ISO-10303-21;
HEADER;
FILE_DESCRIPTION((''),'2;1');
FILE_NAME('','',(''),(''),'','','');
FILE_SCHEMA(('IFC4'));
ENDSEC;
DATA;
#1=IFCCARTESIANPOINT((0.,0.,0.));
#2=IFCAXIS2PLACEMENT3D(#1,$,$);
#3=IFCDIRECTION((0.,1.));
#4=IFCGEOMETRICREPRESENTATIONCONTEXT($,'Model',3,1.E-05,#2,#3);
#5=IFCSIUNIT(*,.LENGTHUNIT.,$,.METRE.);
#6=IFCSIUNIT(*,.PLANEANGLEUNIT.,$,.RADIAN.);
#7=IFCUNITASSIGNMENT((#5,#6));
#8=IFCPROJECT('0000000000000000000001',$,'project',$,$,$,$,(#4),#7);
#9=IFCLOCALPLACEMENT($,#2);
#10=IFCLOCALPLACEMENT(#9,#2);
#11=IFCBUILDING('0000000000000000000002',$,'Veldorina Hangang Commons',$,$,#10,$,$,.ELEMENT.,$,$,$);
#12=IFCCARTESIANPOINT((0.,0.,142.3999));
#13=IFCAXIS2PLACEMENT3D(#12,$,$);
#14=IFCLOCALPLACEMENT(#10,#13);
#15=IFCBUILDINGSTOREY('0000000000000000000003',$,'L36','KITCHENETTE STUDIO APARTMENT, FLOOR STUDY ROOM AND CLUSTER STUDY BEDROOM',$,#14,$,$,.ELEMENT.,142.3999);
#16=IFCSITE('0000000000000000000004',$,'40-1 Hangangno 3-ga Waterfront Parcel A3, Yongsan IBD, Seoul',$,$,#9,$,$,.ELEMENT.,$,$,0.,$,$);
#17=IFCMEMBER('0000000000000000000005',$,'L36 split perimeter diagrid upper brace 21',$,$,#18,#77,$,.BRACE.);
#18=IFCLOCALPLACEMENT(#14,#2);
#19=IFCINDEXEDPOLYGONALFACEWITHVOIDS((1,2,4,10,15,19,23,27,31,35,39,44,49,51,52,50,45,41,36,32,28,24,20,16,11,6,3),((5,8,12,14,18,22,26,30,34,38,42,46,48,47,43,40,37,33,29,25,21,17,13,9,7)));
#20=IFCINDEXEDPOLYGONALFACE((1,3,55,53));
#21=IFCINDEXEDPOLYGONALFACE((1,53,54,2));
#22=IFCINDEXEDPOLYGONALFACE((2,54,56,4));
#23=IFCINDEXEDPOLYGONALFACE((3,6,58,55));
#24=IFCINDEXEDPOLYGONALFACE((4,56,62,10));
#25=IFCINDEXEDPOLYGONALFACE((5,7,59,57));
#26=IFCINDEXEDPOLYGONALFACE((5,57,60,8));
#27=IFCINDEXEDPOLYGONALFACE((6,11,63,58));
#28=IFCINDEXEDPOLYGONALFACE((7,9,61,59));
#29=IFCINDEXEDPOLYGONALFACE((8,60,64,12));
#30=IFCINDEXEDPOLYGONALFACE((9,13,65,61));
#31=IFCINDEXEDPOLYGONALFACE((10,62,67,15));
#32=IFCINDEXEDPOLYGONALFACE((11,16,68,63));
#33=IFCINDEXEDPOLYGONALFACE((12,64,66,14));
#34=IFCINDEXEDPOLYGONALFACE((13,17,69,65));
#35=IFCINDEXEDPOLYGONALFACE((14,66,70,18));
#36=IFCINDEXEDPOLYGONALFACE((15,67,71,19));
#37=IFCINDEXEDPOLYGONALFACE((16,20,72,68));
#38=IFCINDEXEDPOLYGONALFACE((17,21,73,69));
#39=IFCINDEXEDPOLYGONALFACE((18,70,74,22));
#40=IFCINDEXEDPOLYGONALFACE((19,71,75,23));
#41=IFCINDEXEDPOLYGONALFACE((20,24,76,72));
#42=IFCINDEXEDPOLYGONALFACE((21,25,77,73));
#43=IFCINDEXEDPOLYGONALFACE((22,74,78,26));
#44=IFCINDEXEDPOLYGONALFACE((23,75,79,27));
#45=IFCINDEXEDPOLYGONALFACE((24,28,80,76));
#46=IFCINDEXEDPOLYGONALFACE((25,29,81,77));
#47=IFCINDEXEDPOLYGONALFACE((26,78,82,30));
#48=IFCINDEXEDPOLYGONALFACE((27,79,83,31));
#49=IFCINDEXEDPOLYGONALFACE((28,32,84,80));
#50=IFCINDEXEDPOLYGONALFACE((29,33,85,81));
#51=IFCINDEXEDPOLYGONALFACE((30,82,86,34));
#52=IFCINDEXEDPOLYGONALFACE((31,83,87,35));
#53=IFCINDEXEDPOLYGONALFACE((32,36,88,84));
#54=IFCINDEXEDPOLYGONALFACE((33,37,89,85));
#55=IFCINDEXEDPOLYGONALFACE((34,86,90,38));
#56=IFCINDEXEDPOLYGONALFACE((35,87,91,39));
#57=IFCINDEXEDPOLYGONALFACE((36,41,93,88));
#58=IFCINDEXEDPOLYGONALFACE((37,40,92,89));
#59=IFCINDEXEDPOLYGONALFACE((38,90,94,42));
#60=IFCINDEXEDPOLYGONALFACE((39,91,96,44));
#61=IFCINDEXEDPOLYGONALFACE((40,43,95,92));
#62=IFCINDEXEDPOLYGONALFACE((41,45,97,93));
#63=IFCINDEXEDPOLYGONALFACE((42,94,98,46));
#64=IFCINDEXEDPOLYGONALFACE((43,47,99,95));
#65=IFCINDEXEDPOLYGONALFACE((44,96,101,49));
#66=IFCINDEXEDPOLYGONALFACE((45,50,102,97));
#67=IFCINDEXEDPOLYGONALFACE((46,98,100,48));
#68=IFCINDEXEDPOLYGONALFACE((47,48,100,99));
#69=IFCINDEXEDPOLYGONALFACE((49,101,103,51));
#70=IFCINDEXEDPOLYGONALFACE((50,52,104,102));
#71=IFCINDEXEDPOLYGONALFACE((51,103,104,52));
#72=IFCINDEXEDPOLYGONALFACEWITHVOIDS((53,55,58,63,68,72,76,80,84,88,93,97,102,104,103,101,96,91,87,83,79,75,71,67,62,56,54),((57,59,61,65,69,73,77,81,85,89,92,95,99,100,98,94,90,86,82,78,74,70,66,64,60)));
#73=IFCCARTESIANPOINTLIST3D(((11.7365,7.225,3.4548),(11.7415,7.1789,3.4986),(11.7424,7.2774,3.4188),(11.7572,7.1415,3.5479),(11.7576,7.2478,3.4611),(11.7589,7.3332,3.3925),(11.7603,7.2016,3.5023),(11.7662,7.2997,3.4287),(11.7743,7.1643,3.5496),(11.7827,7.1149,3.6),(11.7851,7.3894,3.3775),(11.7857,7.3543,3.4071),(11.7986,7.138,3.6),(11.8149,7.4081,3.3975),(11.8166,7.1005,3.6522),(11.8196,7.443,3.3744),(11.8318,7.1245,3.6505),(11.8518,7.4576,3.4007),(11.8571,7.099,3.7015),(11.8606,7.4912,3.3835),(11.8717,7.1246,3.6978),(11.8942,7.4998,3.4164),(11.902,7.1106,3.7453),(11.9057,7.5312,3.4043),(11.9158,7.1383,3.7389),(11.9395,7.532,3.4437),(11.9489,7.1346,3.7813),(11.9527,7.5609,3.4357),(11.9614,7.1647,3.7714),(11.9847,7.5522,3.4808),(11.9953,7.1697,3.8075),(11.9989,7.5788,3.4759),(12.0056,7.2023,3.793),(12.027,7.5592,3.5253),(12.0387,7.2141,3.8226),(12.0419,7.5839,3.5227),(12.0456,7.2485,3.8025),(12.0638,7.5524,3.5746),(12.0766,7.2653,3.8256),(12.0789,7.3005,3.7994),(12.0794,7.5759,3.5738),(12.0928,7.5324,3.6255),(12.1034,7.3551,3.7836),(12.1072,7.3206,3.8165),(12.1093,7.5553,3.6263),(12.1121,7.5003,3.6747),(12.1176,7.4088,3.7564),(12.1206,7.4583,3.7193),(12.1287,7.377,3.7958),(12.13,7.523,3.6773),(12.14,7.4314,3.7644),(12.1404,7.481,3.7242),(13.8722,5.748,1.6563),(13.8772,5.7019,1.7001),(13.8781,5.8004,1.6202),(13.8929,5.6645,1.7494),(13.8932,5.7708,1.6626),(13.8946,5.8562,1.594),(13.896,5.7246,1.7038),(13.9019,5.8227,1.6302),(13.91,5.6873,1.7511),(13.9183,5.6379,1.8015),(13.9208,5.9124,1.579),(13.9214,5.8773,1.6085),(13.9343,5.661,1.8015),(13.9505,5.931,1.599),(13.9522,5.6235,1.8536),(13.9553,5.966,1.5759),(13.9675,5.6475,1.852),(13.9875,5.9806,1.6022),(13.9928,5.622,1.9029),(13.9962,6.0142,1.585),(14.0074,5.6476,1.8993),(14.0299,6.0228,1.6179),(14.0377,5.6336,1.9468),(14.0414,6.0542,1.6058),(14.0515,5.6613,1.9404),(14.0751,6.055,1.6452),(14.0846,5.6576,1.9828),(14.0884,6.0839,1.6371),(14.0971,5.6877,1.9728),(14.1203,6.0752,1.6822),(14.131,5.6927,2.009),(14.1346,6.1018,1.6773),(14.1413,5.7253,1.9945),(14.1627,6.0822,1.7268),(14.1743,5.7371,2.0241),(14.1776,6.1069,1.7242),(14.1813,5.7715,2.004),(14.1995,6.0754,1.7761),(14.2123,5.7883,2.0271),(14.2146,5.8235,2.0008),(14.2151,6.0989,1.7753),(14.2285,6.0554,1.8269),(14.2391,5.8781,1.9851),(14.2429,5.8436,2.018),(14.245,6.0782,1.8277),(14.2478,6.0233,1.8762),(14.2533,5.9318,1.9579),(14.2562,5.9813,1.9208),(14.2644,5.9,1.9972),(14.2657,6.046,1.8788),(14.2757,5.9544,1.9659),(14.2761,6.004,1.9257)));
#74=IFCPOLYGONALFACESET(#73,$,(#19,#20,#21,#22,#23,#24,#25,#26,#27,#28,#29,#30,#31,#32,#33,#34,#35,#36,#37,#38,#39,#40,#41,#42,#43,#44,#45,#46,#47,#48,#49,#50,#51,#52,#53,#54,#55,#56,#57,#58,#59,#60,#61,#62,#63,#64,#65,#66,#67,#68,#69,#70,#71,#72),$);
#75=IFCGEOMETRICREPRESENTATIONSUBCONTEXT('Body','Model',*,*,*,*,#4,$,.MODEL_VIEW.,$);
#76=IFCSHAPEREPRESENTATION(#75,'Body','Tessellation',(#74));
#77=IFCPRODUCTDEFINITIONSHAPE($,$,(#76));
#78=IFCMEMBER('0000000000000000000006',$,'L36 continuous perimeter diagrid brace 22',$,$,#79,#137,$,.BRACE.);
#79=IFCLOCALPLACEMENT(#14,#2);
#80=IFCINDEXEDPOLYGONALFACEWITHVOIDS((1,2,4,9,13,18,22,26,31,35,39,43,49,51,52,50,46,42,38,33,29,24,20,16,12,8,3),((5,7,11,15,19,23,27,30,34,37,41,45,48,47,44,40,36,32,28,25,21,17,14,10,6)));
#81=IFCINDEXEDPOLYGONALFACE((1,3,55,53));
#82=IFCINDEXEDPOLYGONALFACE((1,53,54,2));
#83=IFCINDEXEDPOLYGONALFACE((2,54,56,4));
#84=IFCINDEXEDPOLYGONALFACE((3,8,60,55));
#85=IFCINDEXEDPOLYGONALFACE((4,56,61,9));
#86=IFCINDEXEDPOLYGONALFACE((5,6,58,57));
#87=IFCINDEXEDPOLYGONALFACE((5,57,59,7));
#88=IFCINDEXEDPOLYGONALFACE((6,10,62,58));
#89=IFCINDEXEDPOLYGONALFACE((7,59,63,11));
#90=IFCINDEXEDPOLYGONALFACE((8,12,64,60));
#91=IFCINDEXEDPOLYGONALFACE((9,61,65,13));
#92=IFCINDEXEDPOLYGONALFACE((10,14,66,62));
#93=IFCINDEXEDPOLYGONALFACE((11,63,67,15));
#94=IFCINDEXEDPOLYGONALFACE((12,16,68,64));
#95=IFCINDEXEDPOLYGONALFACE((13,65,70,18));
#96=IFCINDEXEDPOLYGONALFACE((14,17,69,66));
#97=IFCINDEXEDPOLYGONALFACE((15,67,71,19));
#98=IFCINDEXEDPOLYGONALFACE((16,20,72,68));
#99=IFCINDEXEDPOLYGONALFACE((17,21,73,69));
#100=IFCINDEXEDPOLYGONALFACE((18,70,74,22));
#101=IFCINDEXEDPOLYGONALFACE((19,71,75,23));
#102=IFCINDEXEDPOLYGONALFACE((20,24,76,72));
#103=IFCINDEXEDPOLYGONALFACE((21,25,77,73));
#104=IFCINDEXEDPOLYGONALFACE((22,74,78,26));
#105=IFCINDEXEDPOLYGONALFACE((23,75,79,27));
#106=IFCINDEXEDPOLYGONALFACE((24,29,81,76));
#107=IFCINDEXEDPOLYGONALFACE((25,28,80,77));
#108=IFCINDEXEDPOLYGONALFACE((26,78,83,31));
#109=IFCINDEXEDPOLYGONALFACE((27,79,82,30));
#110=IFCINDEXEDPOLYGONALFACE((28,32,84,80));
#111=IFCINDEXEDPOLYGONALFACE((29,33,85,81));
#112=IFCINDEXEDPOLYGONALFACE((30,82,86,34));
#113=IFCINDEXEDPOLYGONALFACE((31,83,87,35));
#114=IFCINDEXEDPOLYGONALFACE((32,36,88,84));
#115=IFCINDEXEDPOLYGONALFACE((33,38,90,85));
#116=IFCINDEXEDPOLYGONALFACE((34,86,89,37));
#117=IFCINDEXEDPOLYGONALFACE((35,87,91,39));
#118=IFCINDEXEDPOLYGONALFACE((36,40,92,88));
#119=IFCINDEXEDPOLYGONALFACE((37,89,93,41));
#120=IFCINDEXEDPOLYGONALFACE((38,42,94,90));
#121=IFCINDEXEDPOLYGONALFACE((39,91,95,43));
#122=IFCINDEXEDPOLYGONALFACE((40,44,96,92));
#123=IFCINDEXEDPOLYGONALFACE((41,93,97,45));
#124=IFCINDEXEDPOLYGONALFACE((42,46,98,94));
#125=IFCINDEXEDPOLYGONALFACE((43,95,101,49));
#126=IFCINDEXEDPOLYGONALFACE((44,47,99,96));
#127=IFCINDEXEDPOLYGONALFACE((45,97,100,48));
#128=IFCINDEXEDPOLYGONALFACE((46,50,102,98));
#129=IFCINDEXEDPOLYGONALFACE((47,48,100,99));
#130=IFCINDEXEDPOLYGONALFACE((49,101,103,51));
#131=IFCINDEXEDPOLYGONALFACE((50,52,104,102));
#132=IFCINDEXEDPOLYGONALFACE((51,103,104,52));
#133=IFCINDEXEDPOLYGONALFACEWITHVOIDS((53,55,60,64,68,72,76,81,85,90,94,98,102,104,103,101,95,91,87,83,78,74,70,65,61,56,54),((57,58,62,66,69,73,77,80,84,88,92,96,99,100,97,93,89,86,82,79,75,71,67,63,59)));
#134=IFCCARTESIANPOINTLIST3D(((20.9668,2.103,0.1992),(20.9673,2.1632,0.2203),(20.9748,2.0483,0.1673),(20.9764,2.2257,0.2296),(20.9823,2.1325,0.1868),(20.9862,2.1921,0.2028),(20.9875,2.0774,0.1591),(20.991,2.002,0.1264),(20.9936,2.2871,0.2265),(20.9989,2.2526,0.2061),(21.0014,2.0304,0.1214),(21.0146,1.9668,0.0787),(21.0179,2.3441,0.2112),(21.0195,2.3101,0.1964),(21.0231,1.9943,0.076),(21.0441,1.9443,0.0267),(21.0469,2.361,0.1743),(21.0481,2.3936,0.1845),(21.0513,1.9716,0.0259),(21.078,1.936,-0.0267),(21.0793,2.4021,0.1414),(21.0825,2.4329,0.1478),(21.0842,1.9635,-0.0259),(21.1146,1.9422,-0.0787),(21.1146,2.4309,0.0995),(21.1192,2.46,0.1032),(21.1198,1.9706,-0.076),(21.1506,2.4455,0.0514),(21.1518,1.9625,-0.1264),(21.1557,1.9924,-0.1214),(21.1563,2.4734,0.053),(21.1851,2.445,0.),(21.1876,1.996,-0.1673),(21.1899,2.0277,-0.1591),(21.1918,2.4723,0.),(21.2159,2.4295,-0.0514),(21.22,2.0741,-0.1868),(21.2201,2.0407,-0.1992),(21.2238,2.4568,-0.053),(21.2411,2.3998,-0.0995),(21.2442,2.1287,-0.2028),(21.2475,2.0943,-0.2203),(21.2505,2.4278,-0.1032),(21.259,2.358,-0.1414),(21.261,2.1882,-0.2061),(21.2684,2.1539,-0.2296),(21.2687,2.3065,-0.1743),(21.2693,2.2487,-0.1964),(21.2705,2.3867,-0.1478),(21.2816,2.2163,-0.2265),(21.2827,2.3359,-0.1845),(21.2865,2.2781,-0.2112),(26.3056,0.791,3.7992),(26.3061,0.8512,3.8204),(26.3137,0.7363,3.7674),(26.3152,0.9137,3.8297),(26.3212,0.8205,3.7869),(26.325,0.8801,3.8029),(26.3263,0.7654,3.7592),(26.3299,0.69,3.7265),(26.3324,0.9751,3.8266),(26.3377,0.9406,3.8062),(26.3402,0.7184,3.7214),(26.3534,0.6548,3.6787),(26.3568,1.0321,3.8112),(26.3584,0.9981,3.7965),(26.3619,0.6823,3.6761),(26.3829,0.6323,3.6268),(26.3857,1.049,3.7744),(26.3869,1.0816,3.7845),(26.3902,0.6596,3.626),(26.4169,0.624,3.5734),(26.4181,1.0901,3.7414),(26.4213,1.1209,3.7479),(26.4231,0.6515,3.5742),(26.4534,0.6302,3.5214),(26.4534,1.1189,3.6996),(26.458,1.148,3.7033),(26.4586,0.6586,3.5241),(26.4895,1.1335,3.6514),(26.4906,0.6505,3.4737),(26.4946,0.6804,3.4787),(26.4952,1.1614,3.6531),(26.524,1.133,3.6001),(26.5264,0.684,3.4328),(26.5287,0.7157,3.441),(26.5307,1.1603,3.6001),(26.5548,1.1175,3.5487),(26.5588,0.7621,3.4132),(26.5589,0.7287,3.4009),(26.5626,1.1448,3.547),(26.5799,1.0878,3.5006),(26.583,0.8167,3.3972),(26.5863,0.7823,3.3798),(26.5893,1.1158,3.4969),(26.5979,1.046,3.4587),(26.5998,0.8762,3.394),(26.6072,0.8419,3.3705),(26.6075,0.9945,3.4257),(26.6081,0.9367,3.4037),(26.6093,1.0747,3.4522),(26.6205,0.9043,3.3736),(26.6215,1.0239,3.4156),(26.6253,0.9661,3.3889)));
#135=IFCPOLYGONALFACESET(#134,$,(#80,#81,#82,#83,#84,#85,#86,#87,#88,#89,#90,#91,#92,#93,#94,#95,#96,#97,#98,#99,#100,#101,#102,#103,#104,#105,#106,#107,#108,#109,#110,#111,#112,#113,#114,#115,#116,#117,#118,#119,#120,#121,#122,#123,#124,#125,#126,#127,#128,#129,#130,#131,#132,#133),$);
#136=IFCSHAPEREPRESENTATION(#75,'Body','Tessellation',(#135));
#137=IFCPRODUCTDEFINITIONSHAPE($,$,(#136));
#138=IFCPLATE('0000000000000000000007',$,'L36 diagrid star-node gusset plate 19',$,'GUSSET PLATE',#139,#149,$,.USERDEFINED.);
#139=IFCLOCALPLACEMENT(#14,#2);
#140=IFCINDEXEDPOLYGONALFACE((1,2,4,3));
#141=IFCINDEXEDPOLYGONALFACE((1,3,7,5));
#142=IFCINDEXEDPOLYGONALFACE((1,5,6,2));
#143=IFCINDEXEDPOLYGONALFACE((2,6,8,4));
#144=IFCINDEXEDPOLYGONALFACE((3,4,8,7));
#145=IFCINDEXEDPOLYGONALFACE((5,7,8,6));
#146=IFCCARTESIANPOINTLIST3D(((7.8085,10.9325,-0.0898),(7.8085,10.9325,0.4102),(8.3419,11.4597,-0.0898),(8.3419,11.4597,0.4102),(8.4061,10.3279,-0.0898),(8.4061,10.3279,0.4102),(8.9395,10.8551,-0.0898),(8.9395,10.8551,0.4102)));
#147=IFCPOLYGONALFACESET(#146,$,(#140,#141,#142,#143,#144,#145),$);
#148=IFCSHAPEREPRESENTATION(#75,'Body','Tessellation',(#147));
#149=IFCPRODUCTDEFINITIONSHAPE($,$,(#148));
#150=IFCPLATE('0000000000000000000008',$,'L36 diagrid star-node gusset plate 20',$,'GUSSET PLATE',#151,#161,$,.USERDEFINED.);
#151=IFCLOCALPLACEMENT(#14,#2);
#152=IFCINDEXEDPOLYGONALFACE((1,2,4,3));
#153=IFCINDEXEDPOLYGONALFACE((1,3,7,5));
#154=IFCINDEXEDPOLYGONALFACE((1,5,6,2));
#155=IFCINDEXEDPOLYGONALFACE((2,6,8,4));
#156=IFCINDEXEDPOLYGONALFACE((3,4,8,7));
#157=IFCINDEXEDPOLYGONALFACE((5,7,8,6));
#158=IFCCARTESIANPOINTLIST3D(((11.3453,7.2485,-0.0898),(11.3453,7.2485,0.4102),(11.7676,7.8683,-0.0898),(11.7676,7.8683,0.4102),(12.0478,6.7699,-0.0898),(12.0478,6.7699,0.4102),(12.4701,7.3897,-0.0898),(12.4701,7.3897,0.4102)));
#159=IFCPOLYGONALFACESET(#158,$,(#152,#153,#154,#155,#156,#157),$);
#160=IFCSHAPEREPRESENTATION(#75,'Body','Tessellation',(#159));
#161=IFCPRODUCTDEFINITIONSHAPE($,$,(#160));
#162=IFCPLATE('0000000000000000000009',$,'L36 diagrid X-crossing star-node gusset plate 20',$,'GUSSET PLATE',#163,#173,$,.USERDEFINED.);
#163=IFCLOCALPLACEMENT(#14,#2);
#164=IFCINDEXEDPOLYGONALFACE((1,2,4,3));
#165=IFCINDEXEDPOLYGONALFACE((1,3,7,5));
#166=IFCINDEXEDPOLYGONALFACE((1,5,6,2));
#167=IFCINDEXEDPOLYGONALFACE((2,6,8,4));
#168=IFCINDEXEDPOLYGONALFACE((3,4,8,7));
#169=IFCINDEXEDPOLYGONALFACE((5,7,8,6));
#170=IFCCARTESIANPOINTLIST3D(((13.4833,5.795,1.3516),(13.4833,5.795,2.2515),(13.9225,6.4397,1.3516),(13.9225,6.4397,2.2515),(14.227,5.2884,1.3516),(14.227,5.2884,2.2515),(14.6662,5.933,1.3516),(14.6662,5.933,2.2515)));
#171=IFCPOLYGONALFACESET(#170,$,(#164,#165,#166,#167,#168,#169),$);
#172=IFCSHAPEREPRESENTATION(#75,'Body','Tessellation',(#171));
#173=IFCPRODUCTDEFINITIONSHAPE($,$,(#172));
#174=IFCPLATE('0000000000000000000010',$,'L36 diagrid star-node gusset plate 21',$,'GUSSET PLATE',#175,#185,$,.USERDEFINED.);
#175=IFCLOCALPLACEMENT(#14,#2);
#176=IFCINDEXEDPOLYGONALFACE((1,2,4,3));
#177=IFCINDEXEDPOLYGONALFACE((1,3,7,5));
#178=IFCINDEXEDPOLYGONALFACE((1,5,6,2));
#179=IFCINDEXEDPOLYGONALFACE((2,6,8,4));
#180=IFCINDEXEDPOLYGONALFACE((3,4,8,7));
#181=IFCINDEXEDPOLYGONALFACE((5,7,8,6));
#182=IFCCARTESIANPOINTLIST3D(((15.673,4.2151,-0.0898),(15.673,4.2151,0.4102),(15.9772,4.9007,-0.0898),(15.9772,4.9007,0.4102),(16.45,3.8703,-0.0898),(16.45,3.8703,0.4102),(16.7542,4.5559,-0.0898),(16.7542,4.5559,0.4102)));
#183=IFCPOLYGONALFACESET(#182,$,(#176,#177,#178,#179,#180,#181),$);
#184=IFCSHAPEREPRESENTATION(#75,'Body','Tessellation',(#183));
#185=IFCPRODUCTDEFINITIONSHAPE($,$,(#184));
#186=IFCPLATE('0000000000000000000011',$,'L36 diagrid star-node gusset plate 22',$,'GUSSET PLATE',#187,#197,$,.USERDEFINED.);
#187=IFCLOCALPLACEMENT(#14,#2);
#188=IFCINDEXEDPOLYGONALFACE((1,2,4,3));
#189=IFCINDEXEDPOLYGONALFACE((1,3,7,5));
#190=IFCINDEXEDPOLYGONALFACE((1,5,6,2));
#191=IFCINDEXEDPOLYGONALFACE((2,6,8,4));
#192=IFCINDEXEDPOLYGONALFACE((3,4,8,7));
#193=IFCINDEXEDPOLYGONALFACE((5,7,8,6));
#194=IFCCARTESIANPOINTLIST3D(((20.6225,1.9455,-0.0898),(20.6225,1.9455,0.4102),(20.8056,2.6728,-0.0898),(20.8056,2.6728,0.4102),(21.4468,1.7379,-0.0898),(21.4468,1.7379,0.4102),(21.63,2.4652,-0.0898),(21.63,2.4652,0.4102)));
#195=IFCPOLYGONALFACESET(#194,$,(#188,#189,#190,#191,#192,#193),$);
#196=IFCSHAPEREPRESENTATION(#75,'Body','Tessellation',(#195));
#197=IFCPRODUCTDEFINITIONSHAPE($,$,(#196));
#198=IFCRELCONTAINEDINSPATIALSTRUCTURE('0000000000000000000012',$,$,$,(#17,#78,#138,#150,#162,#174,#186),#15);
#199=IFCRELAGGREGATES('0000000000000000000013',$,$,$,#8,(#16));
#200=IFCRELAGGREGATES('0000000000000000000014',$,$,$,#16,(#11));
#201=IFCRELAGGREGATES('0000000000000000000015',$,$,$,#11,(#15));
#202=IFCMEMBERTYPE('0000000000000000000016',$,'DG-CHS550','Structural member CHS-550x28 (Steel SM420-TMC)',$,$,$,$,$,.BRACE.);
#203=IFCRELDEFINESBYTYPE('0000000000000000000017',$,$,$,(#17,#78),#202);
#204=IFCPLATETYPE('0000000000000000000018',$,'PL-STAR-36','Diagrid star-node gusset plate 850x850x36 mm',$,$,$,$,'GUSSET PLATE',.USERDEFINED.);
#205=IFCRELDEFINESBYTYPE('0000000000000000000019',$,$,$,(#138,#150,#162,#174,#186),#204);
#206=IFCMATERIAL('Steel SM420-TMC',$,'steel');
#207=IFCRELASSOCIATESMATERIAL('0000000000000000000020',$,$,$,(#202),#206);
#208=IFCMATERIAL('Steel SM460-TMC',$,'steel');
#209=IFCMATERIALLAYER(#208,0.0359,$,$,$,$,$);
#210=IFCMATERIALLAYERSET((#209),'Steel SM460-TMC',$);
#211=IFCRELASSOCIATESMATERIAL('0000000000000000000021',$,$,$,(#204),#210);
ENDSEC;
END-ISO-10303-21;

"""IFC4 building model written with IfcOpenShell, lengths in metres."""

from ifc_helpers import new_model, si_unit, direction, frame, origin, origin_2d, place, context, subcontext, project, spatial, rectangle, hollow_circle, extrude, material, layer, layer_set, material_profile, profile_set, type_object, element, save


model = new_model("IFC4")

# Units and contexts
model_context = context("Model", 3, precision=1e-05, world=origin(), true_north=direction((0.0, 1.0)))
body_context = subcontext(model_context, "Body", "Model", "MODEL_VIEW")
ifc_project = project(units=[si_unit("LENGTHUNIT", "METRE"), si_unit("PLANEANGLEUNIT", "RADIAN")], contexts=[model_context])

# Site, building, storey
site_placement = place(None, origin())
site = spatial("IfcSite", under=ifc_project, at=site_placement, Name="40-1 Hangangno 3-ga Waterfront Parcel A3, Yongsan IBD, Seoul", CompositionType="ELEMENT", RefElevation=0.0)
building_placement = place(site_placement, origin())
building = spatial("IfcBuilding", under=site, at=building_placement, Name="Veldorina Hangang Commons", CompositionType="ELEMENT")
storey_placement = place(building_placement, frame((0.0, 0.0, 142.3999)))
storey = spatial("IfcBuildingStorey", under=building, at=storey_placement, Name="L36", Description="KITCHENETTE STUDIO APARTMENT, FLOOR STUDY ROOM AND CLUSTER STUDY BEDROOM", CompositionType="ELEMENT", Elevation=142.3999)

# Shared definitions
ifc_material_1 = material(Name="Steel SM420-TMC", Category="steel")

# Members
ifc_material_profile_1 = material_profile(ifc_material_1, hollow_circle(Radius=0.2749, WallThickness=0.0281, at=origin_2d()), Name="CHS-550x28")
ifc_profile_set_1 = profile_set([ifc_material_profile_1], Name="Steel SM420-TMC")
member_type = type_object("IfcMemberType", Name="DG-CHS550", Description="Structural member CHS-550x28 (Steel SM420-TMC)", PredefinedType="BRACE", material=ifc_profile_set_1)
member_1_placement = place(storey_placement, frame((14.0747, 5.864, 1.8015), z_axis=(-0.676126, 0.4676, 0.569389), x_axis=(-0.568809, -0.82247, 0.0)))
element("IfcMember", 1, at=member_1_placement, inside=storey, type_object=member_type, Name="L36 split perimeter diagrid upper brace 21", PredefinedType="BRACE", context=body_context, shape_type="SweptSolid", body=[
    extrude(hollow_circle(Radius=0.2749, WallThickness=0.0281, at=origin_2d()), origin(), (0.0, 0.0, 1.0), 3.1587),
])
member_2_placement = place(storey_placement, frame((21.1262, 2.2053, 0.0), z_axis=(0.812418, -0.19965, 0.547829), x_axis=(0.238647, 0.971106, 0.0)))
element("IfcMember", 2, at=member_2_placement, inside=storey, type_object=member_type, Name="L36 continuous perimeter diagrid brace 22", PredefinedType="BRACE", context=body_context, shape_type="SweptSolid", body=[
    extrude(hollow_circle(Radius=0.2749, WallThickness=0.0281, at=origin_2d()), origin(), (0.0, 0.0, 1.0), 6.5715),
])

# Plates
ifc_material_2 = material(Name="Steel SM460-TMC", Category="steel")
ifc_layer_1 = layer(ifc_material_2, 0.0359)
ifc_layer_set_1 = layer_set([ifc_layer_1], Name="Steel SM460-TMC")
plate_type = type_object("IfcPlateType", Name="PL-STAR-36", Description="Diagrid star-node gusset plate 850x850x36 mm", ElementType="GUSSET PLATE", PredefinedType="USERDEFINED", material=ifc_layer_set_1)
for number, where, z_axis, x_axis, name in (
    (3, (8.374, 10.8938, -0.0898), (0.0, 0.0, 1.0), (0.70301, -0.71118, 0.0), "L36 diagrid star-node gusset plate 19"),
    (4, (11.9077, 7.3191, -0.0898), (0.0, 0.0, 1.0), (0.826423, -0.56305, 0.0), "L36 diagrid star-node gusset plate 20"),
):
    element("IfcPlate", number, at=place(storey_placement, frame(where, z_axis=z_axis, x_axis=x_axis)), inside=storey, type_object=plate_type, Name=name, ObjectType="GUSSET PLATE", PredefinedType="USERDEFINED", context=body_context, shape_type="SweptSolid", body=[
        extrude(rectangle(XDim=0.8501, YDim=0.75, at=origin_2d()), origin(), (0.0, 0.0, 1.0), 0.5),
    ])
plate_placement = place(storey_placement, frame((14.0747, 5.864, 1.3516), z_axis=(0.0, 0.0, 1.0), x_axis=(0.826423, -0.56305, 0.0)))
element("IfcPlate", 5, at=plate_placement, inside=storey, type_object=plate_type, Name="L36 diagrid X-crossing star-node gusset plate 20", ObjectType="GUSSET PLATE", PredefinedType="USERDEFINED", context=body_context, shape_type="SweptSolid", body=[
    extrude(rectangle(XDim=0.8999, YDim=0.78, at=origin_2d()), origin(), (0.0, 0.0, 1.0), 0.8999),
])
for number, where, z_axis, x_axis, name in (
    (6, (16.2136, 4.3855, -0.0898), (0.0, 0.0, 1.0), (0.914042, -0.40562, 0.0), "L36 diagrid star-node gusset plate 21"),
    (7, (21.1262, 2.2053, -0.0898), (0.0, 0.0, 1.0), (0.969723, -0.244207, 0.0), "L36 diagrid star-node gusset plate 22"),
):
    element("IfcPlate", number, at=place(storey_placement, frame(where, z_axis=z_axis, x_axis=x_axis)), inside=storey, type_object=plate_type, Name=name, ObjectType="GUSSET PLATE", PredefinedType="USERDEFINED", context=body_context, shape_type="SweptSolid", body=[
        extrude(rectangle(XDim=0.8501, YDim=0.75, at=origin_2d()), origin(), (0.0, 0.0, 1.0), 0.5),
    ])

save(model, "model.ifc")
